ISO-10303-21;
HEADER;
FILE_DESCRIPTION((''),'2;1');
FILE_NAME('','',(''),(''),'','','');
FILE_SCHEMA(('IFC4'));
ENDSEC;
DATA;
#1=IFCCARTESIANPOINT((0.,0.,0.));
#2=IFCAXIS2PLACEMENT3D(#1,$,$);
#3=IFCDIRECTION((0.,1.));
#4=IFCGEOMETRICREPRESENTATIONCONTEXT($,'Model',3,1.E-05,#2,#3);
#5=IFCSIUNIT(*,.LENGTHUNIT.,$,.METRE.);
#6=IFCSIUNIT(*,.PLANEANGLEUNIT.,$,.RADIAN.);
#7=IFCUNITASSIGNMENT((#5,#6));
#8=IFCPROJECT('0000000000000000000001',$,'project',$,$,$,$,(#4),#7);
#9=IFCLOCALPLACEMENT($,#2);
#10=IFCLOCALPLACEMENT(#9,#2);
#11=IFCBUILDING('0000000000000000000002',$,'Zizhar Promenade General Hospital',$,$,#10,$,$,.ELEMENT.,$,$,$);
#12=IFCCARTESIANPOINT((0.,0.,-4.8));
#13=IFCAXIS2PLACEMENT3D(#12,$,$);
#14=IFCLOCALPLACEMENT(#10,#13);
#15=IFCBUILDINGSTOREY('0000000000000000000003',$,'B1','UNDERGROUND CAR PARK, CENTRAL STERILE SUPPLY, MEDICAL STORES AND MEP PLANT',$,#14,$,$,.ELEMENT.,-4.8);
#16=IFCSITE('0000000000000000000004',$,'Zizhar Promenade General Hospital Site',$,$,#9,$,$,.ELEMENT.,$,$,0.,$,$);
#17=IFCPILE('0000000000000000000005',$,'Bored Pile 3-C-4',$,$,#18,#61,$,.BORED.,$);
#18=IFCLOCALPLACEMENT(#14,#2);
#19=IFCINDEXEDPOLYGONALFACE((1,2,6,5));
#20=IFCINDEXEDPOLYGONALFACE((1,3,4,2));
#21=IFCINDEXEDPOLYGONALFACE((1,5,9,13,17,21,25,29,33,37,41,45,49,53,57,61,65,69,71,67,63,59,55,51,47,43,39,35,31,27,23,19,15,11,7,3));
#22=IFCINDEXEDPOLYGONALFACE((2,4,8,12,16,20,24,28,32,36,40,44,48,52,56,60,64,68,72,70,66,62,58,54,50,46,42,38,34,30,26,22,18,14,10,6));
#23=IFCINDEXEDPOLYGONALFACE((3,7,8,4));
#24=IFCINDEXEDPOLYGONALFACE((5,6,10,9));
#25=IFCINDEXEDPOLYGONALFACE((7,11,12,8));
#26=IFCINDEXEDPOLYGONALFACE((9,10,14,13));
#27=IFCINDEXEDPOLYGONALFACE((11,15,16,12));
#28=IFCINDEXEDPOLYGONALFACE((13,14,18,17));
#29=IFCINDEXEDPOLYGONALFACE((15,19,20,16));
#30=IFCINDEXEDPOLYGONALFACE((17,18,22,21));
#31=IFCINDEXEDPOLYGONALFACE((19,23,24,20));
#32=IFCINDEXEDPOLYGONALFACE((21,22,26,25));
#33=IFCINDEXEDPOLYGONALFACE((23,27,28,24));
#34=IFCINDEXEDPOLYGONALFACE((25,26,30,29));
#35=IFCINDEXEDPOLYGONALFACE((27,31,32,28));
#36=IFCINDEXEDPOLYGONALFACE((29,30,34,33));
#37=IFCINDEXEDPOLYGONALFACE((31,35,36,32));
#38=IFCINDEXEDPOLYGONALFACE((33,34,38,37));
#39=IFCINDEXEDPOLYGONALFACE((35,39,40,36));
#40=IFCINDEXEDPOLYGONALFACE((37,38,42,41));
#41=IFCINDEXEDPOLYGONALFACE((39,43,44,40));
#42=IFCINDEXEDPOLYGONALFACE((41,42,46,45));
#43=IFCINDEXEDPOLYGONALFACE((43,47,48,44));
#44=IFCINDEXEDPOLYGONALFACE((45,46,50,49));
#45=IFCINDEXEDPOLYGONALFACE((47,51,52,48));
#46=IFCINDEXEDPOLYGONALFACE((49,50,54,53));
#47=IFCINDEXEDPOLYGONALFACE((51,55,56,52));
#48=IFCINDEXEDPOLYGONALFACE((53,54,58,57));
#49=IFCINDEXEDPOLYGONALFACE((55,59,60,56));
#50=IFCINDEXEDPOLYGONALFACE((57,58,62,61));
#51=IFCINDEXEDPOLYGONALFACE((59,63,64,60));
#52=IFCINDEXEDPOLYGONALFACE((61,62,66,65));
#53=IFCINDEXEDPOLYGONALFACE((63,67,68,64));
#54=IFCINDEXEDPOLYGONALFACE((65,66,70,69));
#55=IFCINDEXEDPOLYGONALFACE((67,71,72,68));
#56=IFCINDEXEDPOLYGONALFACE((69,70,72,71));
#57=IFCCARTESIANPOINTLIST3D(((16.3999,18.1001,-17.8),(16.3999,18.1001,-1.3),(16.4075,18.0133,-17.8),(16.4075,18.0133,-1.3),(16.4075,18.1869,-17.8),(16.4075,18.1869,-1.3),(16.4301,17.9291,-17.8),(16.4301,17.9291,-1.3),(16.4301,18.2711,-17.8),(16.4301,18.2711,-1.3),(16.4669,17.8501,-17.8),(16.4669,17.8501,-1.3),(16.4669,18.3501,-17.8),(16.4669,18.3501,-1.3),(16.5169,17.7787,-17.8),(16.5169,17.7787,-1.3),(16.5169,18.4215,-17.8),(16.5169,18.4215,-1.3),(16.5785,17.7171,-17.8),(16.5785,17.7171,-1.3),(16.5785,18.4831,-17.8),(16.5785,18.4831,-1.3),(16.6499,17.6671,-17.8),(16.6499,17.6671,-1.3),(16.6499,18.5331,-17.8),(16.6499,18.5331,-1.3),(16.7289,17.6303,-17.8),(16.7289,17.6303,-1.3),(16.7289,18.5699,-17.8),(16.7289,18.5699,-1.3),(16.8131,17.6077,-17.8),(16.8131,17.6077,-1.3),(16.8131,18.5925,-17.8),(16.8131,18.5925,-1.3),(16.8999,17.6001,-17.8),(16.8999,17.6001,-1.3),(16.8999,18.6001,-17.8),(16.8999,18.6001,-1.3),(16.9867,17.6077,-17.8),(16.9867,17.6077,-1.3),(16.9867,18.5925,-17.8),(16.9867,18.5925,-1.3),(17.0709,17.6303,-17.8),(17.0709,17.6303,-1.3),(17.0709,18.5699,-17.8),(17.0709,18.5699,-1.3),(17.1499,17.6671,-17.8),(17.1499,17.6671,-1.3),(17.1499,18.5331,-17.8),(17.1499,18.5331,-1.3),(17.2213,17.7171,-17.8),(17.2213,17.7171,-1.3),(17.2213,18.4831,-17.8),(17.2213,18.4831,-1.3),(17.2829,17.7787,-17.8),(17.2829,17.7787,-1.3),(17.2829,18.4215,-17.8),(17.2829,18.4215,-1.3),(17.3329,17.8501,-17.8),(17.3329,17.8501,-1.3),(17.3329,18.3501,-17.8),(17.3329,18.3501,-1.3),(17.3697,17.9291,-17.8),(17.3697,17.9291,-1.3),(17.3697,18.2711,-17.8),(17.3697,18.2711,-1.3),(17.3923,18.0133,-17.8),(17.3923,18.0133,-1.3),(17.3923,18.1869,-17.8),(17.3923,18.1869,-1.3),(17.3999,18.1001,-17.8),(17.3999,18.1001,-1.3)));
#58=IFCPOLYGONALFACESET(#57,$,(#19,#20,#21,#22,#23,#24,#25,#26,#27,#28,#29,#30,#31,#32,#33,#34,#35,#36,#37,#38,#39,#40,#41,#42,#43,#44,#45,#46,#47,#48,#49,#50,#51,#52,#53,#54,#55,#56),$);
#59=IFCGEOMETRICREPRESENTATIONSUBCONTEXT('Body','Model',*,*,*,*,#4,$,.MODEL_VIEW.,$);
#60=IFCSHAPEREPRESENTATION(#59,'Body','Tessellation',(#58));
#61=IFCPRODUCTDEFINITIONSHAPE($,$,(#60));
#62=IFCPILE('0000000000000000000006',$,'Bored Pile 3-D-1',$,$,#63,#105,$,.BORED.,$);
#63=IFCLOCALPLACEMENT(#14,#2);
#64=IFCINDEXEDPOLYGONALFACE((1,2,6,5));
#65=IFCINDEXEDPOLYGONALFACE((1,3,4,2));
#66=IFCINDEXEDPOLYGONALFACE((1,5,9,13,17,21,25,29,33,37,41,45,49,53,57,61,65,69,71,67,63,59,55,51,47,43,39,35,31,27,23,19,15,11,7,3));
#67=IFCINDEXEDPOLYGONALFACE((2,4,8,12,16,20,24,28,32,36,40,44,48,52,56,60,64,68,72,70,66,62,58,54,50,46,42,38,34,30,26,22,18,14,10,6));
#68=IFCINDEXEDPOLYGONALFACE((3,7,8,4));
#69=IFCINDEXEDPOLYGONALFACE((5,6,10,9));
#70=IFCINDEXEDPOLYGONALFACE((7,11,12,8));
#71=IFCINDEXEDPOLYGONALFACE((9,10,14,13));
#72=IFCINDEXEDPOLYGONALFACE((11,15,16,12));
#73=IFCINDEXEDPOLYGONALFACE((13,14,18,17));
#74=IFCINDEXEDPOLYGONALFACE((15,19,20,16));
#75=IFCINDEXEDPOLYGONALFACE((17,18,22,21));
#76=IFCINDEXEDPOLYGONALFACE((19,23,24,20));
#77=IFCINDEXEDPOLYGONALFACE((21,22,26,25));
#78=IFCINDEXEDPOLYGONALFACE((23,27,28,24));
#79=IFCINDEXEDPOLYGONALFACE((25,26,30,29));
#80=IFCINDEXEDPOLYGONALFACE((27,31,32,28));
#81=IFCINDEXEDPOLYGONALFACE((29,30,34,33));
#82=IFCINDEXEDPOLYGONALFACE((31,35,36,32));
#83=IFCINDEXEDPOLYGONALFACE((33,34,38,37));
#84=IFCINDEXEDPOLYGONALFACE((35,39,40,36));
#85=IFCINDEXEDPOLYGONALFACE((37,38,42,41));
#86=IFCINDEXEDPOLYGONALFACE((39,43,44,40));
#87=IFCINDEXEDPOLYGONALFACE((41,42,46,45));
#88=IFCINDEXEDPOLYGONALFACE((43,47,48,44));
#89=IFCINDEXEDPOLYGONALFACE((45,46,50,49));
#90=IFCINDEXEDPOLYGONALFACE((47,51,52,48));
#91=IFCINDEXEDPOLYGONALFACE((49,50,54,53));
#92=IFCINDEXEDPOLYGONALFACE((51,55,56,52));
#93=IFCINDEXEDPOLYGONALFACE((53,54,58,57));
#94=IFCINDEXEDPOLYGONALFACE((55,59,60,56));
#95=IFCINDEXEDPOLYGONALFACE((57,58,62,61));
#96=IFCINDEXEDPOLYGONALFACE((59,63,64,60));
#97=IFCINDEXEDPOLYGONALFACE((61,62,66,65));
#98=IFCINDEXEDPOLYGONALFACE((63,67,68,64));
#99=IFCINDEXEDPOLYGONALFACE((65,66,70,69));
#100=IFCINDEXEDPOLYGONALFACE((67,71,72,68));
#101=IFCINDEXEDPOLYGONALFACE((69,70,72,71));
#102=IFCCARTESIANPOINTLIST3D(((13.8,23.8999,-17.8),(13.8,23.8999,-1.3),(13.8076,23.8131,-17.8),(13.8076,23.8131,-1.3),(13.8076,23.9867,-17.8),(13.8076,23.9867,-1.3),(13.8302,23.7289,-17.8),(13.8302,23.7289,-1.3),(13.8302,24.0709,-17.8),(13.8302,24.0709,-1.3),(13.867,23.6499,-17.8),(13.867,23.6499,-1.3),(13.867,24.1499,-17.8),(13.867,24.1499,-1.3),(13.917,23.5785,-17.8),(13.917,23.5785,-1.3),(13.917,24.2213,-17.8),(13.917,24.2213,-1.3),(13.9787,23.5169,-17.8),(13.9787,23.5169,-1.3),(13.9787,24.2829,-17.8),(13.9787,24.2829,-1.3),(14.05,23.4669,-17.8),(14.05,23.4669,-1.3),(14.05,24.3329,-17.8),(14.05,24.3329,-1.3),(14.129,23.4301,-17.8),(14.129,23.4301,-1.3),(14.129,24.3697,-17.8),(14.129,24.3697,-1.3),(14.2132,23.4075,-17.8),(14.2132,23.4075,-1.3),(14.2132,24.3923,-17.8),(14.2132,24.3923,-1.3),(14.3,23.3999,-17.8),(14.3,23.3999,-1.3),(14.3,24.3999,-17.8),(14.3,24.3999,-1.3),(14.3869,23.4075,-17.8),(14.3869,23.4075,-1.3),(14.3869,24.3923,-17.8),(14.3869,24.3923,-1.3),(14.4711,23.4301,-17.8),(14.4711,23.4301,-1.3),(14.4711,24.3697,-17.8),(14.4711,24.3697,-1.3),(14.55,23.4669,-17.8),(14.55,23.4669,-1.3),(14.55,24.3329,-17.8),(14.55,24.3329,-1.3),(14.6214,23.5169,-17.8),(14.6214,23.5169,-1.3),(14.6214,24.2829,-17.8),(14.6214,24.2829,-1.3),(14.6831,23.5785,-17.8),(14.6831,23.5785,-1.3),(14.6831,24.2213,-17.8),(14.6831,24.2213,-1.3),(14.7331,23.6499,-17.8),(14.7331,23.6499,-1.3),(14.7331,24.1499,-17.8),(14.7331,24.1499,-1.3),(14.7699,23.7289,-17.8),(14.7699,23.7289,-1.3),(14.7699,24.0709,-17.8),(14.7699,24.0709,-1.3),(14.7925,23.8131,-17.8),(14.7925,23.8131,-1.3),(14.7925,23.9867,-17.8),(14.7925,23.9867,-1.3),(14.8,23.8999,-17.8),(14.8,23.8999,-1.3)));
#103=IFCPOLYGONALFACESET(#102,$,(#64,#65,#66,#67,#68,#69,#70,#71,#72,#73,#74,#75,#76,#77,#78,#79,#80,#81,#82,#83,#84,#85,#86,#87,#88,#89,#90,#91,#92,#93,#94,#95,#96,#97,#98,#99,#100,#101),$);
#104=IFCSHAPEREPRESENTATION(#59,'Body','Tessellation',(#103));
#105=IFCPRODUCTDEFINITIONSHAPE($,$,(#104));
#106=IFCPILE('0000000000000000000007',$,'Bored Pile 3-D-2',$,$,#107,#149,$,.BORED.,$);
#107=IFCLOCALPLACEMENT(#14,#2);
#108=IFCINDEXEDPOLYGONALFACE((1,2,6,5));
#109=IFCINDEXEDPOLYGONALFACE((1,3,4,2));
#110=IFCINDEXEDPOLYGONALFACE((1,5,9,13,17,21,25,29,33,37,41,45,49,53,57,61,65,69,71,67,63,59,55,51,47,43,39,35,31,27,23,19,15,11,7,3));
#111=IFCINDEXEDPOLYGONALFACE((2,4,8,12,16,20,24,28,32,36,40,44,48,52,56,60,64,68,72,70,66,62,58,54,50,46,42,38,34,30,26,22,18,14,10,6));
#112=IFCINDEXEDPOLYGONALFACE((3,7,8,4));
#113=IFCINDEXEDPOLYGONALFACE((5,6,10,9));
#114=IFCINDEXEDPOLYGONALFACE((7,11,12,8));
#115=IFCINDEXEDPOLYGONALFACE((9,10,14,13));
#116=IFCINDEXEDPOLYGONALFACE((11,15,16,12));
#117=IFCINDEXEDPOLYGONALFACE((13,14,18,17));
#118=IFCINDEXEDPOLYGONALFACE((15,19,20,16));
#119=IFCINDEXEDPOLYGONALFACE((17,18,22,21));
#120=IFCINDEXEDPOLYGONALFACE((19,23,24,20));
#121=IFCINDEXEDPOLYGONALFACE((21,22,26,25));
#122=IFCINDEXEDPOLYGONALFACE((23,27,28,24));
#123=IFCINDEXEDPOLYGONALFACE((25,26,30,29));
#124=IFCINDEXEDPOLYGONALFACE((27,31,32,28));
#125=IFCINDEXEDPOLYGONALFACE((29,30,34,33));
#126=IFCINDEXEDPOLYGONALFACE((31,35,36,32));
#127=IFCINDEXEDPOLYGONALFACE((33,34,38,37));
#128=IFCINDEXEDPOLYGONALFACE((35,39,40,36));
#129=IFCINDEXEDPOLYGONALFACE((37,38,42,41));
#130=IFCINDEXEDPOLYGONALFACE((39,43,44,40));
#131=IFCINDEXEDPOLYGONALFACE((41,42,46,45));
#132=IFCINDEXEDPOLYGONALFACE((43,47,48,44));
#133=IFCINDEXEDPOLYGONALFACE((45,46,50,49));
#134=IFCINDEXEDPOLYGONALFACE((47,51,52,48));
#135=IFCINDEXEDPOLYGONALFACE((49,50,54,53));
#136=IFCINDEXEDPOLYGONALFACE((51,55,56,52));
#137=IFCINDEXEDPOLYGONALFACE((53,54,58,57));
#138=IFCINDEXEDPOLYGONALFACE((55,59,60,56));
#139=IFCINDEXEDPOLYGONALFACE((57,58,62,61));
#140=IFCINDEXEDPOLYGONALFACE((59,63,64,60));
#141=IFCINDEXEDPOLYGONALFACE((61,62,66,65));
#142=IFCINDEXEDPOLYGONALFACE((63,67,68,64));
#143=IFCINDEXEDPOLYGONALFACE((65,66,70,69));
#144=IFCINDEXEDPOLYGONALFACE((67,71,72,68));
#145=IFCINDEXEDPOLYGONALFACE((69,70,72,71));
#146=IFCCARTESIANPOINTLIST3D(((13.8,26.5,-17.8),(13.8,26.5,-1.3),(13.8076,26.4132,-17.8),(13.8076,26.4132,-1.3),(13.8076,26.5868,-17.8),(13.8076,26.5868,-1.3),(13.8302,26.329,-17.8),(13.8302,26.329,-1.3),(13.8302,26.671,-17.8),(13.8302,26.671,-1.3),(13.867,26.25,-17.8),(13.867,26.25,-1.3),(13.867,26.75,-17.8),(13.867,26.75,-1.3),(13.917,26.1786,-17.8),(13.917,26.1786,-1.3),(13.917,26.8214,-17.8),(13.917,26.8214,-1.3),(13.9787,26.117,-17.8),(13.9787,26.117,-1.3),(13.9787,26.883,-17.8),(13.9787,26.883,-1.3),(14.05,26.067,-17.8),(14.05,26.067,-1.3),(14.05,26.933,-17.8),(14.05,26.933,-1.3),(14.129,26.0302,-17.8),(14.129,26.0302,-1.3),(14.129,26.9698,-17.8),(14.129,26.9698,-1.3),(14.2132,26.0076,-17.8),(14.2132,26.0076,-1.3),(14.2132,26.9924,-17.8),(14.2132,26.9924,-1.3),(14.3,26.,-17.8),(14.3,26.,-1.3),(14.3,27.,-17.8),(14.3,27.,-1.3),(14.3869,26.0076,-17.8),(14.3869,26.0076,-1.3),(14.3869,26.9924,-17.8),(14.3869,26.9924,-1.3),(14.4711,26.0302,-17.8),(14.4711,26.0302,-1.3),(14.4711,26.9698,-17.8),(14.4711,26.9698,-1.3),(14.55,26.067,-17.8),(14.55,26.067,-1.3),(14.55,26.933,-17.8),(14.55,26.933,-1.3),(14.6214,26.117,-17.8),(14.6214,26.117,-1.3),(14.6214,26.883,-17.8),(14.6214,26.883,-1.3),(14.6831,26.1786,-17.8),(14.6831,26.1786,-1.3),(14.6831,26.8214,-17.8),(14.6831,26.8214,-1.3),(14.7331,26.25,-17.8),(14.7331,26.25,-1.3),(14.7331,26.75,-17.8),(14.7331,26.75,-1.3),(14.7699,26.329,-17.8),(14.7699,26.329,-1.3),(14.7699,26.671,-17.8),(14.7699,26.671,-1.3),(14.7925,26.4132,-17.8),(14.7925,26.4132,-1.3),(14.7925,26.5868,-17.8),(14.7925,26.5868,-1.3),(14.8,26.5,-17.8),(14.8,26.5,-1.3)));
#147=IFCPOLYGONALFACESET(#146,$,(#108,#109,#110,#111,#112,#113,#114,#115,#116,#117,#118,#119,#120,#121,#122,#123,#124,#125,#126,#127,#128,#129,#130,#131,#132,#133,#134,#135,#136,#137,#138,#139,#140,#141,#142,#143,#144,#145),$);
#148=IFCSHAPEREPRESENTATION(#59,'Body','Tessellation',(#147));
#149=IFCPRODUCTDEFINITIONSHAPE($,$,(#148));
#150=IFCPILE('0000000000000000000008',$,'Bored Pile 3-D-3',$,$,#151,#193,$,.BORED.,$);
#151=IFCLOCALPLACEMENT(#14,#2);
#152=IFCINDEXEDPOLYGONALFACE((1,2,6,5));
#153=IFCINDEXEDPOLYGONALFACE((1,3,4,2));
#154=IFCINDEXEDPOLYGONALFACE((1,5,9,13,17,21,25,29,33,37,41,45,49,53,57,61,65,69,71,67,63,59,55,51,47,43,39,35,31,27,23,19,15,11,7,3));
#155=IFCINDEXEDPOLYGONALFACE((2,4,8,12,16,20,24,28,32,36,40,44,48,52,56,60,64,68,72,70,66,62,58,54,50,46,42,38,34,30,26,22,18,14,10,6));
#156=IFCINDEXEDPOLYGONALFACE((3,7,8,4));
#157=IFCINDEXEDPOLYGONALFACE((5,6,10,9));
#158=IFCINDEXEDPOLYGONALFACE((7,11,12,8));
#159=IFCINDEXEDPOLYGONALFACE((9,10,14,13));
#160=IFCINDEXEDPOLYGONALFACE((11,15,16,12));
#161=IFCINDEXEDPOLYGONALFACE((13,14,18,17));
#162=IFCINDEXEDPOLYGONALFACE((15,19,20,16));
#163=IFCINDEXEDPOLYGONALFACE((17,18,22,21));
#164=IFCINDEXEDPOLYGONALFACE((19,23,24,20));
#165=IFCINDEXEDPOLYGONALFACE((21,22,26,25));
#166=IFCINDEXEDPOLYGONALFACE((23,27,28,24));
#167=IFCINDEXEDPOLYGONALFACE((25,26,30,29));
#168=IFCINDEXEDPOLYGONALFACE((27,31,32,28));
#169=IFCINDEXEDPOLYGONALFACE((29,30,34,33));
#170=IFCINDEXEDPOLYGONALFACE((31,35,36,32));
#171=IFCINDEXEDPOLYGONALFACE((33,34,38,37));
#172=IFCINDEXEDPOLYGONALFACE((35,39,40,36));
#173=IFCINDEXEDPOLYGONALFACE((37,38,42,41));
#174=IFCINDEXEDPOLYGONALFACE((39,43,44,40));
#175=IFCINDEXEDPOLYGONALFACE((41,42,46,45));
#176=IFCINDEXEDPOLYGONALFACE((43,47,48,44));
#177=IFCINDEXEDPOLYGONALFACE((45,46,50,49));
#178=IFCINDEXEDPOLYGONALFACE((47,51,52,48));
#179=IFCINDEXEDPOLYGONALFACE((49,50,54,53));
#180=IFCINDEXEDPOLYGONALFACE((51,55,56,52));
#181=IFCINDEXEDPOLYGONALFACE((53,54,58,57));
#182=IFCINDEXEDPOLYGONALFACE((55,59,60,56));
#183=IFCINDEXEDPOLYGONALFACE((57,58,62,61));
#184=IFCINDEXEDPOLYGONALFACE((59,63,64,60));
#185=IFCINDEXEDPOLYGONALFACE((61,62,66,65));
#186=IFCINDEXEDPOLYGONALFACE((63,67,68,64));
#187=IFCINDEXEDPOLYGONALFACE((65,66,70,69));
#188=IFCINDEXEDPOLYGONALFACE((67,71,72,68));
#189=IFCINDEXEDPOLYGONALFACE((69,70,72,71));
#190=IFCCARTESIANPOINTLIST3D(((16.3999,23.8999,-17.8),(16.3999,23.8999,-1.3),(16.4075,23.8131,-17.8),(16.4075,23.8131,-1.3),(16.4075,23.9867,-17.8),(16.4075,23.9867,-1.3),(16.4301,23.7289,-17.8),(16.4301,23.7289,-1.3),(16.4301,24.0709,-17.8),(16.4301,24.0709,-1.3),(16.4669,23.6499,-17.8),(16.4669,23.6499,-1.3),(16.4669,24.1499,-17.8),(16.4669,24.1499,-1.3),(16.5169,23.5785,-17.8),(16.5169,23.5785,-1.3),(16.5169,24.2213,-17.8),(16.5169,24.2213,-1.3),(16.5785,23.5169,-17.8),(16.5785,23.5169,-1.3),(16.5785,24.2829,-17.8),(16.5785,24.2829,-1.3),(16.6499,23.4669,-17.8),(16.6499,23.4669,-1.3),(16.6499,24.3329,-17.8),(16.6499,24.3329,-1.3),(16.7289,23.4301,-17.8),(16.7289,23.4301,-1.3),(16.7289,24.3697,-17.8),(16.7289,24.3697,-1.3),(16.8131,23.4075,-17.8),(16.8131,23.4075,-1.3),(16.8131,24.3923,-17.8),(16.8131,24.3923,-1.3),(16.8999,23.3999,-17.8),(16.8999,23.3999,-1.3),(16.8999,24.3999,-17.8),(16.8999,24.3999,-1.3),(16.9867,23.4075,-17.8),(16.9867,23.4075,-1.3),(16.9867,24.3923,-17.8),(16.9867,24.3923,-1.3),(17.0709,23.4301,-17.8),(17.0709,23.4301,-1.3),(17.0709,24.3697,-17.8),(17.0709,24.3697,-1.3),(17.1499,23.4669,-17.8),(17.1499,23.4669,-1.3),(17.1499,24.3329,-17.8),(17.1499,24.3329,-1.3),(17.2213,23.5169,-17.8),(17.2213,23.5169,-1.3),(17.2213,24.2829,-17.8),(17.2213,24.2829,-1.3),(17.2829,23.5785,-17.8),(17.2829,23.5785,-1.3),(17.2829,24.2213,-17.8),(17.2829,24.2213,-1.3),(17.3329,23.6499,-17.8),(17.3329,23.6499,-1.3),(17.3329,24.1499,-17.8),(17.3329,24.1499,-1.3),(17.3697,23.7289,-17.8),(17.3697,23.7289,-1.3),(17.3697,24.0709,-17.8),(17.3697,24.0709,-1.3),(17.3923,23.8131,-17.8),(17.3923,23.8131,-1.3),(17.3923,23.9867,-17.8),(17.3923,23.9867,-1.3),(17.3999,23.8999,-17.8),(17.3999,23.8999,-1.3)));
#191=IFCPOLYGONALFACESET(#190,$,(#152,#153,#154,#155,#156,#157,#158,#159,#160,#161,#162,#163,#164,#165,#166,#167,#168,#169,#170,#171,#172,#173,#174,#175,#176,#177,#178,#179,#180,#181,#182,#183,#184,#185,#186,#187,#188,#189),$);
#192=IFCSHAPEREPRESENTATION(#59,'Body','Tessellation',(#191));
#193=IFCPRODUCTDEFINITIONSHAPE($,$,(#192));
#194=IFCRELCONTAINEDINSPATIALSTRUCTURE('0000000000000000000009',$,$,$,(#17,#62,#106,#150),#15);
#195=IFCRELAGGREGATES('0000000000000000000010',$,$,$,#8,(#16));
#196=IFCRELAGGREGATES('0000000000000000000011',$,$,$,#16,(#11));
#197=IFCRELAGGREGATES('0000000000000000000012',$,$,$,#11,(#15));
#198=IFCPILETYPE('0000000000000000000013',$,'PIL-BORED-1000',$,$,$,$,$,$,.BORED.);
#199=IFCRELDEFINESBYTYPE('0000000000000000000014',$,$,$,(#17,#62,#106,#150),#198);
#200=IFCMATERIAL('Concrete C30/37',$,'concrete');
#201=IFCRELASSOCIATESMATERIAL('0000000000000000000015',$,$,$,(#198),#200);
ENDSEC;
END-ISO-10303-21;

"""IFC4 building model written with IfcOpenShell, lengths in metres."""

from ifc_helpers import new_model, si_unit, direction, frame, origin, origin_2d, place, context, subcontext, project, spatial, circle, extrude, material, material_profile, profile_set, type_object, element, save


model = new_model("IFC4")

# Units and contexts
model_context = context("Model", 3, precision=1e-05, world=origin(), true_north=direction((0.0, 1.0)))
body_context = subcontext(model_context, "Body", "Model", "MODEL_VIEW")
ifc_project = project(units=[si_unit("LENGTHUNIT", "METRE"), si_unit("PLANEANGLEUNIT", "RADIAN")], contexts=[model_context])

# Site, building, storey
site_placement = place(None, origin())
site = spatial("IfcSite", under=ifc_project, at=site_placement, Name="Zizhar Promenade General Hospital Site", CompositionType="ELEMENT", RefElevation=0.0)
building_placement = place(site_placement, origin())
building = spatial("IfcBuilding", under=site, at=building_placement, Name="Zizhar Promenade General Hospital", CompositionType="ELEMENT")
storey_placement = place(building_placement, frame((0.0, 0.0, -4.8)))
storey = spatial("IfcBuildingStorey", under=building, at=storey_placement, Name="B1", Description="UNDERGROUND CAR PARK, CENTRAL STERILE SUPPLY, MEDICAL STORES AND MEP PLANT", CompositionType="ELEMENT", Elevation=-4.8)

# Piles
ifc_material_1 = material(Name="Concrete C30/37", Category="concrete")
ifc_material_profile_1 = material_profile(ifc_material_1, circle(Radius=0.5, at=origin_2d()))
ifc_profile_set_1 = profile_set([ifc_material_profile_1], Name="Concrete C30/37")
pile_type = type_object("IfcPileType", Name="PIL-BORED-1000", PredefinedType="BORED", material=ifc_profile_set_1)
for number, where, z_axis, x_axis, name in (
    (1, (16.8999, 18.1001, -1.3), (0.0, 0.0, -1.0), (1.0, 0.0, 0.0), "Bored Pile 3-C-4"),
    (2, (14.3, 23.8999, -1.3), (0.0, 0.0, -1.0), (1.0, 0.0, 0.0), "Bored Pile 3-D-1"),
    (3, (14.3, 26.5, -1.3), (0.0, 0.0, -1.0), (1.0, 0.0, 0.0), "Bored Pile 3-D-2"),
    (4, (16.8999, 23.8999, -1.3), (0.0, 0.0, -1.0), (1.0, 0.0, 0.0), "Bored Pile 3-D-3"),
):
    element("IfcPile", number, at=place(storey_placement, frame(where, z_axis=z_axis, x_axis=x_axis)), inside=storey, type_object=pile_type, Name=name, PredefinedType="BORED", context=body_context, shape_type="SweptSolid", body=[
        extrude(circle(Radius=0.5, at=origin_2d()), origin(), (0.0, 0.0, 1.0), 16.5),
    ])

save(model, "model.ifc")
